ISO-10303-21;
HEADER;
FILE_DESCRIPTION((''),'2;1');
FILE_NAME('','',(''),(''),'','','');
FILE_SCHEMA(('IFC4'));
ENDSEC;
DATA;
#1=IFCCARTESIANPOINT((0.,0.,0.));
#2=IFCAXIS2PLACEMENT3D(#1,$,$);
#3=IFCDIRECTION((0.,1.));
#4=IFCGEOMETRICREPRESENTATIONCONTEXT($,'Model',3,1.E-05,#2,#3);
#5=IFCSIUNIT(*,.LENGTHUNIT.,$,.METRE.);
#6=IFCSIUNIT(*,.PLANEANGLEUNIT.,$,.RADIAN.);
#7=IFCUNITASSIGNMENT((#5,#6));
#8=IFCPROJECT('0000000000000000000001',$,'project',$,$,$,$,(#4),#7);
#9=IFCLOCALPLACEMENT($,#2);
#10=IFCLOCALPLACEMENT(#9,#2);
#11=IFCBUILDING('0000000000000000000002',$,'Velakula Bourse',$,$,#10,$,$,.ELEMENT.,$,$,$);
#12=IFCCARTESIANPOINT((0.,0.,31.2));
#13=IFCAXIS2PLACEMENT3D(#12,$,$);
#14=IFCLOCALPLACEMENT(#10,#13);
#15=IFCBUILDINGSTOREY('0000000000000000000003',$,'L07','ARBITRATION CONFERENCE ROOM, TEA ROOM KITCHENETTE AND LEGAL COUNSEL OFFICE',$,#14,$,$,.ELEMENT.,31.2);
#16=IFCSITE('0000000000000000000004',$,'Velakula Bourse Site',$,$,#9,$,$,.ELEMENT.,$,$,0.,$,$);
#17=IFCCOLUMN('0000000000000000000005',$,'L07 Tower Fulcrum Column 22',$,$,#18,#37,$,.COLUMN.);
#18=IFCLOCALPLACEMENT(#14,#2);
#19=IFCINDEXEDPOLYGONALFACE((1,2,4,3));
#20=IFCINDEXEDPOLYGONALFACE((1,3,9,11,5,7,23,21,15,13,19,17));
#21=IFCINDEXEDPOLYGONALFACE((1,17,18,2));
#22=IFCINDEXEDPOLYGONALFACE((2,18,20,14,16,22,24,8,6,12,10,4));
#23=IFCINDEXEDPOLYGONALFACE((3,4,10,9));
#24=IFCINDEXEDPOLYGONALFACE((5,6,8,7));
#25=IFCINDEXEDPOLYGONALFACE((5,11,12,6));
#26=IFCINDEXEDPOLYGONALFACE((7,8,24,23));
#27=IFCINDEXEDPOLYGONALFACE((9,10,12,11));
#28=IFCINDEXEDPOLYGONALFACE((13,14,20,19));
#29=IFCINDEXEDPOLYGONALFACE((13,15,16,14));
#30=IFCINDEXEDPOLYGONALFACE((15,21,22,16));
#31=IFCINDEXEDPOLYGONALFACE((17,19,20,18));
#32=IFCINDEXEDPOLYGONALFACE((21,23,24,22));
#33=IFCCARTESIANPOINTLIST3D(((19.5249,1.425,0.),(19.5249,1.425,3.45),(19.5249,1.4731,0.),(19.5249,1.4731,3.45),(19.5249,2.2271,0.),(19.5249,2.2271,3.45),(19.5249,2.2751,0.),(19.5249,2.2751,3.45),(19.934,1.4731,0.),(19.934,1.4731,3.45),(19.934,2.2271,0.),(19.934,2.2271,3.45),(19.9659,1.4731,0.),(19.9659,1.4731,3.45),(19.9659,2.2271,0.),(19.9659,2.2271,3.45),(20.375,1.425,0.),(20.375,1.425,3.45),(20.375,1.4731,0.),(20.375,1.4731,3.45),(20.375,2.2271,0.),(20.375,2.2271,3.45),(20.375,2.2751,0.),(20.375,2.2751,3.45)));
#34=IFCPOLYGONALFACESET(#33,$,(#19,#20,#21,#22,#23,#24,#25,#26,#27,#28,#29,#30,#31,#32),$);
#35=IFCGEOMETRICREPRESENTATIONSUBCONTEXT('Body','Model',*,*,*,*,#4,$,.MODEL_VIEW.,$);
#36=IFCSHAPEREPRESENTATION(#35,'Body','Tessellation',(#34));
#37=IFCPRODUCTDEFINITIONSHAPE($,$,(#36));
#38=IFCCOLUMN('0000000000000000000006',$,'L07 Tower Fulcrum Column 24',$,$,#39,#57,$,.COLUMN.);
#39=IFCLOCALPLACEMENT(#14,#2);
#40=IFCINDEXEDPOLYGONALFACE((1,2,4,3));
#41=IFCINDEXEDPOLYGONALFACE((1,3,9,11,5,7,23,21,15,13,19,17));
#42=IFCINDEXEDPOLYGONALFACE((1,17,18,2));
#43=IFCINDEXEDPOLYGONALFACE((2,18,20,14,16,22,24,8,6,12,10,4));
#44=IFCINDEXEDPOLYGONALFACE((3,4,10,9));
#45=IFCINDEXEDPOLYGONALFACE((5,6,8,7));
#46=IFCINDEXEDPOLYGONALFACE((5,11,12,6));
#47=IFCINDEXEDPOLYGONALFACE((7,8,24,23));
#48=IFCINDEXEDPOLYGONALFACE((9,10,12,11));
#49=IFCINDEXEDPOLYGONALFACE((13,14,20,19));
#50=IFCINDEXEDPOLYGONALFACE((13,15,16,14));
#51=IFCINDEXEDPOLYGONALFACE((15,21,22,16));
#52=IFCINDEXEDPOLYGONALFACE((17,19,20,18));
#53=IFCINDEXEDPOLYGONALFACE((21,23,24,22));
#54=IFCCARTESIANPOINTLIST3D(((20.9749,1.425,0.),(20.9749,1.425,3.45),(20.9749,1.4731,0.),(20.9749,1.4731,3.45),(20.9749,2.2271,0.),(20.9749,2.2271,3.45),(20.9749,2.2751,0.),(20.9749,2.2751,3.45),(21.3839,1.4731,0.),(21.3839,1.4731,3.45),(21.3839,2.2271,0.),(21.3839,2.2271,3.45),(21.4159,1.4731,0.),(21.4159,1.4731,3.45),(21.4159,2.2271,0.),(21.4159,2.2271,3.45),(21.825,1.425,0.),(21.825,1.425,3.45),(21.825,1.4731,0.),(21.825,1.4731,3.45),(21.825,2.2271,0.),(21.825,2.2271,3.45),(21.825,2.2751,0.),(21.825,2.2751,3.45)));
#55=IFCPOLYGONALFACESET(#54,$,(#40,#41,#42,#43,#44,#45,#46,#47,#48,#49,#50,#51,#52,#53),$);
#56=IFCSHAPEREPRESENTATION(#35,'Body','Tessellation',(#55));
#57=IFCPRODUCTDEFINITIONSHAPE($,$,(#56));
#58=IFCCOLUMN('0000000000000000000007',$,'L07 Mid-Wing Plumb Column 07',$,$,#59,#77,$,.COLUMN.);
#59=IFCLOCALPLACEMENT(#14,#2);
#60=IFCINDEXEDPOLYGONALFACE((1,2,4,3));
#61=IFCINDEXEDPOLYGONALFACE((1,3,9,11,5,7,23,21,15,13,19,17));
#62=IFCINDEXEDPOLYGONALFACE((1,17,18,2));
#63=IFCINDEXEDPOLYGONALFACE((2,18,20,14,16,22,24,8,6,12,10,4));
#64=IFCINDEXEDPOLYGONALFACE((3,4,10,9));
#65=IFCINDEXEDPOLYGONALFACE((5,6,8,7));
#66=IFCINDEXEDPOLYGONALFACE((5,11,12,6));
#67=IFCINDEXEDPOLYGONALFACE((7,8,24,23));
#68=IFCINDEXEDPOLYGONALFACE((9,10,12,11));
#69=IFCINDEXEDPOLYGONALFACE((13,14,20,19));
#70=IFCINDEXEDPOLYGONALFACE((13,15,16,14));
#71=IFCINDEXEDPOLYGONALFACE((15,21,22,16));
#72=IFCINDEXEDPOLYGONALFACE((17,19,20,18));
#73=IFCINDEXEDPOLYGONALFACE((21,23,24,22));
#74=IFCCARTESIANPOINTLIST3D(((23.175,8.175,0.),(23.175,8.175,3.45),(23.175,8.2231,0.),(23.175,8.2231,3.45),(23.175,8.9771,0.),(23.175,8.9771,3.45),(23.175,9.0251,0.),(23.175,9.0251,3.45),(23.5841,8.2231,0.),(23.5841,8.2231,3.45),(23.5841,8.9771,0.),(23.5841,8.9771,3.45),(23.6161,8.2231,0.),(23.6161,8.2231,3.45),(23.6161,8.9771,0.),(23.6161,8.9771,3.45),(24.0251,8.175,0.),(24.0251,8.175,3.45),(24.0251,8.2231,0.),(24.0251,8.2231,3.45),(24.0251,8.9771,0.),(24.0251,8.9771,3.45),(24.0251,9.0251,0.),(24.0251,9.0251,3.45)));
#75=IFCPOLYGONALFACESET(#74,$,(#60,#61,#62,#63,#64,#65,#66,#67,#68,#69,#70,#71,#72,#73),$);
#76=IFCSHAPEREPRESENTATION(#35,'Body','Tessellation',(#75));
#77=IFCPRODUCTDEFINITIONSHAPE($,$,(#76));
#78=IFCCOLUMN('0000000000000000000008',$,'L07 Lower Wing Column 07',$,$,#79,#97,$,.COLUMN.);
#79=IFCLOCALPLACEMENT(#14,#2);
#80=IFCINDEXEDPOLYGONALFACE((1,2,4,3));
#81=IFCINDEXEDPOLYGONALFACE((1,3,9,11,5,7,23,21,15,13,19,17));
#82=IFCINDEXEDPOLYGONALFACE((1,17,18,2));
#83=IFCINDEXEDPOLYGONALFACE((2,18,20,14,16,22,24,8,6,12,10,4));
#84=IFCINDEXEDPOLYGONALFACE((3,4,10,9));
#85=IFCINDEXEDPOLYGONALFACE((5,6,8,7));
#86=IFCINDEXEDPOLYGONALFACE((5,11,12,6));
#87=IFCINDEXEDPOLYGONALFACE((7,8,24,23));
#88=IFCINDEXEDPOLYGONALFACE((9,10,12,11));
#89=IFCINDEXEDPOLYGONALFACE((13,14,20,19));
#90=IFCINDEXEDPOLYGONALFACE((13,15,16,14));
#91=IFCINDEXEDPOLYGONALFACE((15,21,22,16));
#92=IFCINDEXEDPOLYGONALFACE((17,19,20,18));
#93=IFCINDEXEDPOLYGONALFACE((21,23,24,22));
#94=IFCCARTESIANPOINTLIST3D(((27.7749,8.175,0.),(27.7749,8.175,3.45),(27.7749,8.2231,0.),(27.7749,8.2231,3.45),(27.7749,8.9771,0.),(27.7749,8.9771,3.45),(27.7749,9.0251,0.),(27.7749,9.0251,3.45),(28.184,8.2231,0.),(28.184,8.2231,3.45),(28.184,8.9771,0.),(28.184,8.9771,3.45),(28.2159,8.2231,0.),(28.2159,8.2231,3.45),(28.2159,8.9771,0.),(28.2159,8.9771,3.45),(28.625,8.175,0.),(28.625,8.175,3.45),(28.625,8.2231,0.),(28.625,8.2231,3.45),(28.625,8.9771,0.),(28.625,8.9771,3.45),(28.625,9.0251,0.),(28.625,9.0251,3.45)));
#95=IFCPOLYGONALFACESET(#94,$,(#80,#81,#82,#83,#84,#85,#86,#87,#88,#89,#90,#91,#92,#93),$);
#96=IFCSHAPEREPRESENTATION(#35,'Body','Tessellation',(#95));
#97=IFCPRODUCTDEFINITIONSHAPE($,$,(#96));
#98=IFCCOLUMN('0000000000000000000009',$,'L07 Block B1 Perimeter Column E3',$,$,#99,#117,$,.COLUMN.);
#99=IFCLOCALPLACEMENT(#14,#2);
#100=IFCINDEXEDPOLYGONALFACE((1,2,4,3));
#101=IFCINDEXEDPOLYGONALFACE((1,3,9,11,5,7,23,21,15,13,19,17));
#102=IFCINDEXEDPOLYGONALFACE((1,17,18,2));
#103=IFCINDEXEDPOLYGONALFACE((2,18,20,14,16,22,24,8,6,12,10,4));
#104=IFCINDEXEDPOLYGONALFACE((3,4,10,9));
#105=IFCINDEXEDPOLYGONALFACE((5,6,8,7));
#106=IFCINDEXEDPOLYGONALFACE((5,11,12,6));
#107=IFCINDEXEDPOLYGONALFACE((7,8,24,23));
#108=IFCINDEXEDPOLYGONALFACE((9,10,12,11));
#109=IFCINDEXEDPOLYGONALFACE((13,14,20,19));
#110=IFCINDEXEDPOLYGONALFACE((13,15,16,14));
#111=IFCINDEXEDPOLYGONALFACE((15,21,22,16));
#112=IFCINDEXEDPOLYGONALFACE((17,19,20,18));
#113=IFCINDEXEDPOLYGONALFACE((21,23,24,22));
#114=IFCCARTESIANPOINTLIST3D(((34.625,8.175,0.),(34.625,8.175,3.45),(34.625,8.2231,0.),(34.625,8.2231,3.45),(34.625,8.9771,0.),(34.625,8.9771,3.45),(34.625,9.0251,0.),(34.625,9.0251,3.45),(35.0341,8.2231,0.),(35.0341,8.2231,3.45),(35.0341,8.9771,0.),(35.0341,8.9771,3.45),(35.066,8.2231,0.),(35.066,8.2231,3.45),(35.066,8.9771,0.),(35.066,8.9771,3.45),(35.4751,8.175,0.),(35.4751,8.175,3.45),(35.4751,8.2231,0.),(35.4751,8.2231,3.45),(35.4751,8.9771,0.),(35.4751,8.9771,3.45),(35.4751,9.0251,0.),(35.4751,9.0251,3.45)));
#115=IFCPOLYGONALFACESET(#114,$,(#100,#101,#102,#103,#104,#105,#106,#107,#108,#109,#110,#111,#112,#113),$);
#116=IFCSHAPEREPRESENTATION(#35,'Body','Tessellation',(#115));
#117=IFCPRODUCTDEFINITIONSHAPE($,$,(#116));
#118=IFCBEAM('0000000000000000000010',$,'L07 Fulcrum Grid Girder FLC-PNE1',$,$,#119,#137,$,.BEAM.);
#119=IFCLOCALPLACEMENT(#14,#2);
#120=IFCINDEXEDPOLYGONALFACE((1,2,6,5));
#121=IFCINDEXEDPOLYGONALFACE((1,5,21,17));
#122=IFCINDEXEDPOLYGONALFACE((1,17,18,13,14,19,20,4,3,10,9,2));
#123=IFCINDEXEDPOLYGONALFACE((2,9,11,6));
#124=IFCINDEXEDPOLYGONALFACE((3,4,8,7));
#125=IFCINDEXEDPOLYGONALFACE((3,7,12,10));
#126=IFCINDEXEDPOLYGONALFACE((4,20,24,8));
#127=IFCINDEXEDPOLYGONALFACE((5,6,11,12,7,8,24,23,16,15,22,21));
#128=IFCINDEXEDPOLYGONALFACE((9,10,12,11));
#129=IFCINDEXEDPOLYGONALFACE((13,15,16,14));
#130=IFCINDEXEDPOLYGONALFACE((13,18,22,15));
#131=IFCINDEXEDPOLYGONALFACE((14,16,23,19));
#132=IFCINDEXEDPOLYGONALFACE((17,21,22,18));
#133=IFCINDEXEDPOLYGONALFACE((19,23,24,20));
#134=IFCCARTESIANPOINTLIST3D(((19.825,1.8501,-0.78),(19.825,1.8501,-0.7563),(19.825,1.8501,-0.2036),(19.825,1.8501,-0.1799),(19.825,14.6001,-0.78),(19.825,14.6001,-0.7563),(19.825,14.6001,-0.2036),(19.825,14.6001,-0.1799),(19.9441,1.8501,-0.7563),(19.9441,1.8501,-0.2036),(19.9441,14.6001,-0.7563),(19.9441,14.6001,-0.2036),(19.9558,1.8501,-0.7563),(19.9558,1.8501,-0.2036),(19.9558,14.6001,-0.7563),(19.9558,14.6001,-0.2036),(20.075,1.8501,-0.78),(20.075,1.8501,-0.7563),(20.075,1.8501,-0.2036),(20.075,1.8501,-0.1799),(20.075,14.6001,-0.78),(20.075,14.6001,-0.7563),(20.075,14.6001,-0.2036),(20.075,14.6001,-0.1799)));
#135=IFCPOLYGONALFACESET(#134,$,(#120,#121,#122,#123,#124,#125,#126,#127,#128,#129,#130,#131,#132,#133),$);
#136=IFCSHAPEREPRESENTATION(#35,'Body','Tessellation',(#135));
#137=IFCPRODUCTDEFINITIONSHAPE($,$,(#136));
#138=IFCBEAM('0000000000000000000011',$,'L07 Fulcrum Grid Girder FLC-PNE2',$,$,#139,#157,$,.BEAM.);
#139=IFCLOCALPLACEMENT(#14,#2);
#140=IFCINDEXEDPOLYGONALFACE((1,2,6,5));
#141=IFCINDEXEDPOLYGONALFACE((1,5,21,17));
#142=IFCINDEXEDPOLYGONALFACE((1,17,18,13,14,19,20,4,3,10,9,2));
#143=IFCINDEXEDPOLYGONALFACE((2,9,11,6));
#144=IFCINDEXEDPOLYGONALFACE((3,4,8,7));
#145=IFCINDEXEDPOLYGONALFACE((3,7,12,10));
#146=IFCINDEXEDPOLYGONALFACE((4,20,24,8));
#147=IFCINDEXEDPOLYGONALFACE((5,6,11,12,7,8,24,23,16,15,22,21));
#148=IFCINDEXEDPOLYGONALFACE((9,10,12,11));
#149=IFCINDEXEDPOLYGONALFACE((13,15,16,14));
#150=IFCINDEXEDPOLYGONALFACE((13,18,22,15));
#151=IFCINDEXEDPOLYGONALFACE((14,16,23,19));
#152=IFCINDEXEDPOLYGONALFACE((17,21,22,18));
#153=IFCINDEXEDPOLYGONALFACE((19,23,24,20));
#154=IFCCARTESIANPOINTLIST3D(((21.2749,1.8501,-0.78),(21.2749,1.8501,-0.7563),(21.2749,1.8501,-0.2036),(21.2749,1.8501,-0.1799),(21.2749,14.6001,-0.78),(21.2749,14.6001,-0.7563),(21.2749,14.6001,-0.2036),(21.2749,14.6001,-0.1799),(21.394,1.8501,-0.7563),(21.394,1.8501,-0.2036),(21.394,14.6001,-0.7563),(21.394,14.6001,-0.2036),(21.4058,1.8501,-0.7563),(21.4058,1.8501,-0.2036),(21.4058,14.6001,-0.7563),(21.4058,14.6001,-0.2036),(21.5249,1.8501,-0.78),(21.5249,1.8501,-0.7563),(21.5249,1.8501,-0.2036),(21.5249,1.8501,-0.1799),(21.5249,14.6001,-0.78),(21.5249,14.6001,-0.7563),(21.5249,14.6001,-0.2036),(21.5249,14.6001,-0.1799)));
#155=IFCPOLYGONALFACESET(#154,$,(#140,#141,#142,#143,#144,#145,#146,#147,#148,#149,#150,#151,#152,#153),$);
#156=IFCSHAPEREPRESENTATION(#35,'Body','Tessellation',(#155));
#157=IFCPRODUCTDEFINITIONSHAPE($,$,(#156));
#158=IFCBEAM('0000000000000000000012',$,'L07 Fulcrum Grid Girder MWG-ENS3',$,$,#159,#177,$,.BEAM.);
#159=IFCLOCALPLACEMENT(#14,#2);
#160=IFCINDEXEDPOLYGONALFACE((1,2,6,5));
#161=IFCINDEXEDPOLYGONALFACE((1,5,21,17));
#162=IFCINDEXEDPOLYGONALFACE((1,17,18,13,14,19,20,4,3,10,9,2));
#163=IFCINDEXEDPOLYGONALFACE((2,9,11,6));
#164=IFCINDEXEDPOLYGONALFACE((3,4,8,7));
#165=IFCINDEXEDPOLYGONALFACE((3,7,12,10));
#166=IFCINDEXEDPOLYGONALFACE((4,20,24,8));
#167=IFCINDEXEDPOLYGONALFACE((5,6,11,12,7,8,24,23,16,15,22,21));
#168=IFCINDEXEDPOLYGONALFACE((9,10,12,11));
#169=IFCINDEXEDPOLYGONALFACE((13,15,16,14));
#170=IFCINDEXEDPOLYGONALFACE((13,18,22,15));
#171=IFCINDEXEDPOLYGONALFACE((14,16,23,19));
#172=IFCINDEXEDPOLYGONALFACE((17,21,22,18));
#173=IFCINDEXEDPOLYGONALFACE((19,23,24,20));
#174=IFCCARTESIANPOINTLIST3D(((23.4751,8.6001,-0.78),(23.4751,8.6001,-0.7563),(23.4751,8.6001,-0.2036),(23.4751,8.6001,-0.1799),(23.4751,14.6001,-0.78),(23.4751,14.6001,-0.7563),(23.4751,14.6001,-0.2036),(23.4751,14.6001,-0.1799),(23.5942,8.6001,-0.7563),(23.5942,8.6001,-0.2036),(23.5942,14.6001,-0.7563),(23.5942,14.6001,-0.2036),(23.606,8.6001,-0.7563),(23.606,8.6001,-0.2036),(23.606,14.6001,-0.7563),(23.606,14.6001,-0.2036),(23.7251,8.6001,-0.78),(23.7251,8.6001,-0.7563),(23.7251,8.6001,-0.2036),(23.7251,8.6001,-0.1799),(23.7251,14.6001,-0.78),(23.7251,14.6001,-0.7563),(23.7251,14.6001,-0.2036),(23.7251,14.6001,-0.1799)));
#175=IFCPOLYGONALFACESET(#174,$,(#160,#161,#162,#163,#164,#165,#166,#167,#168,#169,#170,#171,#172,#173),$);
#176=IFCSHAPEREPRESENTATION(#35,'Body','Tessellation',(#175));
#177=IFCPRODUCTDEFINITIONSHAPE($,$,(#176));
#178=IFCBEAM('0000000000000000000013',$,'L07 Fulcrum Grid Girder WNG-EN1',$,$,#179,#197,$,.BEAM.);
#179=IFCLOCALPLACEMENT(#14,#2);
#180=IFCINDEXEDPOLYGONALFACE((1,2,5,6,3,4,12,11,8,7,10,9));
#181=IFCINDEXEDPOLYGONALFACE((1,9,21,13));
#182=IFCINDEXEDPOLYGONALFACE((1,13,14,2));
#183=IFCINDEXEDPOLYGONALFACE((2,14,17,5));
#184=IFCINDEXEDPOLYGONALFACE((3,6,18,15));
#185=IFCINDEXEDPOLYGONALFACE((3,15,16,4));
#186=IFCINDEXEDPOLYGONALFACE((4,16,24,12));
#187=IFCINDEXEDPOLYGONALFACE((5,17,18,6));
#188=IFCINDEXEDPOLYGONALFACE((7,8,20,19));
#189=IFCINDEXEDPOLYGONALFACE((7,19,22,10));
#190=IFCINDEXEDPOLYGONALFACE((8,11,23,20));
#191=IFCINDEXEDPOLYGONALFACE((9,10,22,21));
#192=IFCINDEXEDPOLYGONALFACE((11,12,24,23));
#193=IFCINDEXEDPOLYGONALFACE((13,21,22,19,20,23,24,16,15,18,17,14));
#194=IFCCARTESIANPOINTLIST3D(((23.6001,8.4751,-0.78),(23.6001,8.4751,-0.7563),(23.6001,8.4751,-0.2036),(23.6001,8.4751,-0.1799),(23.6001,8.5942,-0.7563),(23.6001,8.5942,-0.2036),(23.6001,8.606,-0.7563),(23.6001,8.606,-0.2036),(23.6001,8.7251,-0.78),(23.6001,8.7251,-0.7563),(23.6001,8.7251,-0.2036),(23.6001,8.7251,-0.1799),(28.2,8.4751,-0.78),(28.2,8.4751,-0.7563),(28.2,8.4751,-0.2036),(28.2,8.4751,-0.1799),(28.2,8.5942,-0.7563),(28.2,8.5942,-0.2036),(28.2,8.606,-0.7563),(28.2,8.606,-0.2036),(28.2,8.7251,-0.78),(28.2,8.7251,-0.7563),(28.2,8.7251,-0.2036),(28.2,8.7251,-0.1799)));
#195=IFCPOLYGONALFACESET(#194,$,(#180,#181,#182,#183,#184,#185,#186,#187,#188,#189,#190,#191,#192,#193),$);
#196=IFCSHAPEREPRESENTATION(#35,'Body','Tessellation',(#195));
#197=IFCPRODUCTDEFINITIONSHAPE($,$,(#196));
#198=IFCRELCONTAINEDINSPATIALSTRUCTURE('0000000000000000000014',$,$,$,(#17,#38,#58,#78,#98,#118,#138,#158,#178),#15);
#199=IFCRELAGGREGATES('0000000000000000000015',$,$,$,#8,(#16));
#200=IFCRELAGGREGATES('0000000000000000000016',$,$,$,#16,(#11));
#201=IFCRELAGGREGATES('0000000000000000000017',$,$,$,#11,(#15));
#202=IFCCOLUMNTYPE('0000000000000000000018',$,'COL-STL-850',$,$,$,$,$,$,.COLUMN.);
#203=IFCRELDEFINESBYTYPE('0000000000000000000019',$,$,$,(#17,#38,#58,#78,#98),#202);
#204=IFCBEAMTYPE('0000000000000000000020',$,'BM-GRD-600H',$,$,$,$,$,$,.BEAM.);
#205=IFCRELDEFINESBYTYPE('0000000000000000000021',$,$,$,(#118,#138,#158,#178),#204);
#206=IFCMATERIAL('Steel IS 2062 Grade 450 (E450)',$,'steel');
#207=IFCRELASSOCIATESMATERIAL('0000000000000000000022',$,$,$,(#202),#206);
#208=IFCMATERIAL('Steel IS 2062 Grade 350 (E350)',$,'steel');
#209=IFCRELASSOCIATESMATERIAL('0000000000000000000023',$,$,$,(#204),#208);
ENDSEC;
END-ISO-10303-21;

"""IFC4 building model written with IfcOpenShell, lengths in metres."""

from ifc_helpers import new_model, si_unit, direction, frame, origin, origin_2d, place, context, subcontext, project, spatial, i_section, extrude, material, material_profile, profile_set, type_object, element, save


model = new_model("IFC4")

# Units and contexts
model_context = context("Model", 3, precision=1e-05, world=origin(), true_north=direction((0.0, 1.0)))
body_context = subcontext(model_context, "Body", "Model", "MODEL_VIEW")
ifc_project = project(units=[si_unit("LENGTHUNIT", "METRE"), si_unit("PLANEANGLEUNIT", "RADIAN")], contexts=[model_context])

# Site, building, storey
site_placement = place(None, origin())
site = spatial("IfcSite", under=ifc_project, at=site_placement, Name="Velakula Bourse Site", CompositionType="ELEMENT", RefElevation=0.0)
building_placement = place(site_placement, origin())
building = spatial("IfcBuilding", under=site, at=building_placement, Name="Velakula Bourse", CompositionType="ELEMENT")
storey_placement = place(building_placement, frame((0.0, 0.0, 31.2)))
storey = spatial("IfcBuildingStorey", under=building, at=storey_placement, Name="L07", Description="ARBITRATION CONFERENCE ROOM, TEA ROOM KITCHENETTE AND LEGAL COUNSEL OFFICE", CompositionType="ELEMENT", Elevation=31.2)

# Columns
ifc_material_1 = material(Name="Steel IS 2062 Grade 450 (E450)", Category="steel")
ifc_material_profile_1 = material_profile(ifc_material_1, i_section(OverallWidth=0.8501, OverallDepth=0.8501, WebThickness=0.032, FlangeThickness=0.0481, at=origin_2d()), Name="Steel IS 2062 Grade 450 (E450)")
ifc_profile_set_1 = profile_set([ifc_material_profile_1], Name="Steel IS 2062 Grade 450 (E450)")
column_type = type_object("IfcColumnType", Name="COL-STL-850", PredefinedType="COLUMN", material=ifc_profile_set_1)
for number, where, z_axis, x_axis, name in (
    (1, (19.95, 1.8501, 0.0), (0.0, 0.0, 1.0), (1.0, 0.0, 0.0), "L07 Tower Fulcrum Column 22"),
    (2, (21.3999, 1.8501, 0.0), (0.0, 0.0, 1.0), (1.0, 0.0, 0.0), "L07 Tower Fulcrum Column 24"),
    (3, (23.6001, 8.6001, 0.0), (0.0, 0.0, 1.0), (1.0, 0.0, 0.0), "L07 Mid-Wing Plumb Column 07"),
    (4, (28.2, 8.6001, 0.0), (0.0, 0.0, 1.0), (1.0, 0.0, 0.0), "L07 Lower Wing Column 07"),
    (5, (35.05, 8.6001, 0.0), (0.0, 0.0, 1.0), (1.0, 0.0, 0.0), "L07 Block B1 Perimeter Column E3"),
):
    element("IfcColumn", number, at=place(storey_placement, frame(where, z_axis=z_axis, x_axis=x_axis)), inside=storey, type_object=column_type, Name=name, PredefinedType="COLUMN", context=body_context, shape_type="SweptSolid", body=[
        extrude(i_section(OverallWidth=0.8501, OverallDepth=0.8501, WebThickness=0.032, FlangeThickness=0.0481, at=origin_2d()), origin(), (0.0, 0.0, 1.0), 3.45),
    ])

# Beams
ifc_material_2 = material(Name="Steel IS 2062 Grade 350 (E350)", Category="steel")
ifc_material_profile_2 = material_profile(ifc_material_2, i_section(OverallWidth=0.25, OverallDepth=0.6001, WebThickness=0.0117, FlangeThickness=0.0237, at=origin_2d()), Name="Steel IS 2062 Grade 350 (E350)")
ifc_profile_set_2 = profile_set([ifc_material_profile_2], Name="Steel IS 2062 Grade 350 (E350)")
beam_type_1 = type_object("IfcBeamType", Name="BM-GRD-600H", PredefinedType="BEAM", material=ifc_profile_set_2)
for number, where, z_axis, x_axis, name in (
    (6, (19.95, 1.8501, -0.48), (0.0, 1.0, 0.0), (-1.0, 0.0, 0.0), "L07 Fulcrum Grid Girder FLC-PNE1"),
    (7, (21.3999, 1.8501, -0.48), (0.0, 1.0, 0.0), (-1.0, 0.0, 0.0), "L07 Fulcrum Grid Girder FLC-PNE2"),
):
    element("IfcBeam", number, at=place(storey_placement, frame(where, z_axis=z_axis, x_axis=x_axis)), inside=storey, type_object=beam_type_1, Name=name, PredefinedType="BEAM", context=body_context, shape_type="SweptSolid", body=[
        extrude(i_section(OverallWidth=0.25, OverallDepth=0.6001, WebThickness=0.0117, FlangeThickness=0.0237, at=origin_2d()), origin(), (0.0, 0.0, 1.0), 12.75),
    ])
beam_1_placement = place(storey_placement, frame((23.6001, 8.6001, -0.48), z_axis=(0.0, 1.0, 0.0), x_axis=(-1.0, 0.0, 0.0)))
element("IfcBeam", 8, at=beam_1_placement, inside=storey, type_object=beam_type_1, Name="L07 Fulcrum Grid Girder MWG-ENS3", PredefinedType="BEAM", context=body_context, shape_type="SweptSolid", body=[
    extrude(i_section(OverallWidth=0.25, OverallDepth=0.6001, WebThickness=0.0117, FlangeThickness=0.0237, at=origin_2d()), origin(), (0.0, 0.0, 1.0), 6.0),
])
beam_2_placement = place(storey_placement, frame((23.6001, 8.6001, -0.48), z_axis=(1.0, 0.0, 0.0), x_axis=(0.0, 1.0, 0.0)))
element("IfcBeam", 9, at=beam_2_placement, inside=storey, type_object=beam_type_1, Name="L07 Fulcrum Grid Girder WNG-EN1", PredefinedType="BEAM", context=body_context, shape_type="SweptSolid", body=[
    extrude(i_section(OverallWidth=0.25, OverallDepth=0.6001, WebThickness=0.0117, FlangeThickness=0.0237, at=origin_2d()), origin(), (0.0, 0.0, 1.0), 4.5999),
])

save(model, "model.ifc")
